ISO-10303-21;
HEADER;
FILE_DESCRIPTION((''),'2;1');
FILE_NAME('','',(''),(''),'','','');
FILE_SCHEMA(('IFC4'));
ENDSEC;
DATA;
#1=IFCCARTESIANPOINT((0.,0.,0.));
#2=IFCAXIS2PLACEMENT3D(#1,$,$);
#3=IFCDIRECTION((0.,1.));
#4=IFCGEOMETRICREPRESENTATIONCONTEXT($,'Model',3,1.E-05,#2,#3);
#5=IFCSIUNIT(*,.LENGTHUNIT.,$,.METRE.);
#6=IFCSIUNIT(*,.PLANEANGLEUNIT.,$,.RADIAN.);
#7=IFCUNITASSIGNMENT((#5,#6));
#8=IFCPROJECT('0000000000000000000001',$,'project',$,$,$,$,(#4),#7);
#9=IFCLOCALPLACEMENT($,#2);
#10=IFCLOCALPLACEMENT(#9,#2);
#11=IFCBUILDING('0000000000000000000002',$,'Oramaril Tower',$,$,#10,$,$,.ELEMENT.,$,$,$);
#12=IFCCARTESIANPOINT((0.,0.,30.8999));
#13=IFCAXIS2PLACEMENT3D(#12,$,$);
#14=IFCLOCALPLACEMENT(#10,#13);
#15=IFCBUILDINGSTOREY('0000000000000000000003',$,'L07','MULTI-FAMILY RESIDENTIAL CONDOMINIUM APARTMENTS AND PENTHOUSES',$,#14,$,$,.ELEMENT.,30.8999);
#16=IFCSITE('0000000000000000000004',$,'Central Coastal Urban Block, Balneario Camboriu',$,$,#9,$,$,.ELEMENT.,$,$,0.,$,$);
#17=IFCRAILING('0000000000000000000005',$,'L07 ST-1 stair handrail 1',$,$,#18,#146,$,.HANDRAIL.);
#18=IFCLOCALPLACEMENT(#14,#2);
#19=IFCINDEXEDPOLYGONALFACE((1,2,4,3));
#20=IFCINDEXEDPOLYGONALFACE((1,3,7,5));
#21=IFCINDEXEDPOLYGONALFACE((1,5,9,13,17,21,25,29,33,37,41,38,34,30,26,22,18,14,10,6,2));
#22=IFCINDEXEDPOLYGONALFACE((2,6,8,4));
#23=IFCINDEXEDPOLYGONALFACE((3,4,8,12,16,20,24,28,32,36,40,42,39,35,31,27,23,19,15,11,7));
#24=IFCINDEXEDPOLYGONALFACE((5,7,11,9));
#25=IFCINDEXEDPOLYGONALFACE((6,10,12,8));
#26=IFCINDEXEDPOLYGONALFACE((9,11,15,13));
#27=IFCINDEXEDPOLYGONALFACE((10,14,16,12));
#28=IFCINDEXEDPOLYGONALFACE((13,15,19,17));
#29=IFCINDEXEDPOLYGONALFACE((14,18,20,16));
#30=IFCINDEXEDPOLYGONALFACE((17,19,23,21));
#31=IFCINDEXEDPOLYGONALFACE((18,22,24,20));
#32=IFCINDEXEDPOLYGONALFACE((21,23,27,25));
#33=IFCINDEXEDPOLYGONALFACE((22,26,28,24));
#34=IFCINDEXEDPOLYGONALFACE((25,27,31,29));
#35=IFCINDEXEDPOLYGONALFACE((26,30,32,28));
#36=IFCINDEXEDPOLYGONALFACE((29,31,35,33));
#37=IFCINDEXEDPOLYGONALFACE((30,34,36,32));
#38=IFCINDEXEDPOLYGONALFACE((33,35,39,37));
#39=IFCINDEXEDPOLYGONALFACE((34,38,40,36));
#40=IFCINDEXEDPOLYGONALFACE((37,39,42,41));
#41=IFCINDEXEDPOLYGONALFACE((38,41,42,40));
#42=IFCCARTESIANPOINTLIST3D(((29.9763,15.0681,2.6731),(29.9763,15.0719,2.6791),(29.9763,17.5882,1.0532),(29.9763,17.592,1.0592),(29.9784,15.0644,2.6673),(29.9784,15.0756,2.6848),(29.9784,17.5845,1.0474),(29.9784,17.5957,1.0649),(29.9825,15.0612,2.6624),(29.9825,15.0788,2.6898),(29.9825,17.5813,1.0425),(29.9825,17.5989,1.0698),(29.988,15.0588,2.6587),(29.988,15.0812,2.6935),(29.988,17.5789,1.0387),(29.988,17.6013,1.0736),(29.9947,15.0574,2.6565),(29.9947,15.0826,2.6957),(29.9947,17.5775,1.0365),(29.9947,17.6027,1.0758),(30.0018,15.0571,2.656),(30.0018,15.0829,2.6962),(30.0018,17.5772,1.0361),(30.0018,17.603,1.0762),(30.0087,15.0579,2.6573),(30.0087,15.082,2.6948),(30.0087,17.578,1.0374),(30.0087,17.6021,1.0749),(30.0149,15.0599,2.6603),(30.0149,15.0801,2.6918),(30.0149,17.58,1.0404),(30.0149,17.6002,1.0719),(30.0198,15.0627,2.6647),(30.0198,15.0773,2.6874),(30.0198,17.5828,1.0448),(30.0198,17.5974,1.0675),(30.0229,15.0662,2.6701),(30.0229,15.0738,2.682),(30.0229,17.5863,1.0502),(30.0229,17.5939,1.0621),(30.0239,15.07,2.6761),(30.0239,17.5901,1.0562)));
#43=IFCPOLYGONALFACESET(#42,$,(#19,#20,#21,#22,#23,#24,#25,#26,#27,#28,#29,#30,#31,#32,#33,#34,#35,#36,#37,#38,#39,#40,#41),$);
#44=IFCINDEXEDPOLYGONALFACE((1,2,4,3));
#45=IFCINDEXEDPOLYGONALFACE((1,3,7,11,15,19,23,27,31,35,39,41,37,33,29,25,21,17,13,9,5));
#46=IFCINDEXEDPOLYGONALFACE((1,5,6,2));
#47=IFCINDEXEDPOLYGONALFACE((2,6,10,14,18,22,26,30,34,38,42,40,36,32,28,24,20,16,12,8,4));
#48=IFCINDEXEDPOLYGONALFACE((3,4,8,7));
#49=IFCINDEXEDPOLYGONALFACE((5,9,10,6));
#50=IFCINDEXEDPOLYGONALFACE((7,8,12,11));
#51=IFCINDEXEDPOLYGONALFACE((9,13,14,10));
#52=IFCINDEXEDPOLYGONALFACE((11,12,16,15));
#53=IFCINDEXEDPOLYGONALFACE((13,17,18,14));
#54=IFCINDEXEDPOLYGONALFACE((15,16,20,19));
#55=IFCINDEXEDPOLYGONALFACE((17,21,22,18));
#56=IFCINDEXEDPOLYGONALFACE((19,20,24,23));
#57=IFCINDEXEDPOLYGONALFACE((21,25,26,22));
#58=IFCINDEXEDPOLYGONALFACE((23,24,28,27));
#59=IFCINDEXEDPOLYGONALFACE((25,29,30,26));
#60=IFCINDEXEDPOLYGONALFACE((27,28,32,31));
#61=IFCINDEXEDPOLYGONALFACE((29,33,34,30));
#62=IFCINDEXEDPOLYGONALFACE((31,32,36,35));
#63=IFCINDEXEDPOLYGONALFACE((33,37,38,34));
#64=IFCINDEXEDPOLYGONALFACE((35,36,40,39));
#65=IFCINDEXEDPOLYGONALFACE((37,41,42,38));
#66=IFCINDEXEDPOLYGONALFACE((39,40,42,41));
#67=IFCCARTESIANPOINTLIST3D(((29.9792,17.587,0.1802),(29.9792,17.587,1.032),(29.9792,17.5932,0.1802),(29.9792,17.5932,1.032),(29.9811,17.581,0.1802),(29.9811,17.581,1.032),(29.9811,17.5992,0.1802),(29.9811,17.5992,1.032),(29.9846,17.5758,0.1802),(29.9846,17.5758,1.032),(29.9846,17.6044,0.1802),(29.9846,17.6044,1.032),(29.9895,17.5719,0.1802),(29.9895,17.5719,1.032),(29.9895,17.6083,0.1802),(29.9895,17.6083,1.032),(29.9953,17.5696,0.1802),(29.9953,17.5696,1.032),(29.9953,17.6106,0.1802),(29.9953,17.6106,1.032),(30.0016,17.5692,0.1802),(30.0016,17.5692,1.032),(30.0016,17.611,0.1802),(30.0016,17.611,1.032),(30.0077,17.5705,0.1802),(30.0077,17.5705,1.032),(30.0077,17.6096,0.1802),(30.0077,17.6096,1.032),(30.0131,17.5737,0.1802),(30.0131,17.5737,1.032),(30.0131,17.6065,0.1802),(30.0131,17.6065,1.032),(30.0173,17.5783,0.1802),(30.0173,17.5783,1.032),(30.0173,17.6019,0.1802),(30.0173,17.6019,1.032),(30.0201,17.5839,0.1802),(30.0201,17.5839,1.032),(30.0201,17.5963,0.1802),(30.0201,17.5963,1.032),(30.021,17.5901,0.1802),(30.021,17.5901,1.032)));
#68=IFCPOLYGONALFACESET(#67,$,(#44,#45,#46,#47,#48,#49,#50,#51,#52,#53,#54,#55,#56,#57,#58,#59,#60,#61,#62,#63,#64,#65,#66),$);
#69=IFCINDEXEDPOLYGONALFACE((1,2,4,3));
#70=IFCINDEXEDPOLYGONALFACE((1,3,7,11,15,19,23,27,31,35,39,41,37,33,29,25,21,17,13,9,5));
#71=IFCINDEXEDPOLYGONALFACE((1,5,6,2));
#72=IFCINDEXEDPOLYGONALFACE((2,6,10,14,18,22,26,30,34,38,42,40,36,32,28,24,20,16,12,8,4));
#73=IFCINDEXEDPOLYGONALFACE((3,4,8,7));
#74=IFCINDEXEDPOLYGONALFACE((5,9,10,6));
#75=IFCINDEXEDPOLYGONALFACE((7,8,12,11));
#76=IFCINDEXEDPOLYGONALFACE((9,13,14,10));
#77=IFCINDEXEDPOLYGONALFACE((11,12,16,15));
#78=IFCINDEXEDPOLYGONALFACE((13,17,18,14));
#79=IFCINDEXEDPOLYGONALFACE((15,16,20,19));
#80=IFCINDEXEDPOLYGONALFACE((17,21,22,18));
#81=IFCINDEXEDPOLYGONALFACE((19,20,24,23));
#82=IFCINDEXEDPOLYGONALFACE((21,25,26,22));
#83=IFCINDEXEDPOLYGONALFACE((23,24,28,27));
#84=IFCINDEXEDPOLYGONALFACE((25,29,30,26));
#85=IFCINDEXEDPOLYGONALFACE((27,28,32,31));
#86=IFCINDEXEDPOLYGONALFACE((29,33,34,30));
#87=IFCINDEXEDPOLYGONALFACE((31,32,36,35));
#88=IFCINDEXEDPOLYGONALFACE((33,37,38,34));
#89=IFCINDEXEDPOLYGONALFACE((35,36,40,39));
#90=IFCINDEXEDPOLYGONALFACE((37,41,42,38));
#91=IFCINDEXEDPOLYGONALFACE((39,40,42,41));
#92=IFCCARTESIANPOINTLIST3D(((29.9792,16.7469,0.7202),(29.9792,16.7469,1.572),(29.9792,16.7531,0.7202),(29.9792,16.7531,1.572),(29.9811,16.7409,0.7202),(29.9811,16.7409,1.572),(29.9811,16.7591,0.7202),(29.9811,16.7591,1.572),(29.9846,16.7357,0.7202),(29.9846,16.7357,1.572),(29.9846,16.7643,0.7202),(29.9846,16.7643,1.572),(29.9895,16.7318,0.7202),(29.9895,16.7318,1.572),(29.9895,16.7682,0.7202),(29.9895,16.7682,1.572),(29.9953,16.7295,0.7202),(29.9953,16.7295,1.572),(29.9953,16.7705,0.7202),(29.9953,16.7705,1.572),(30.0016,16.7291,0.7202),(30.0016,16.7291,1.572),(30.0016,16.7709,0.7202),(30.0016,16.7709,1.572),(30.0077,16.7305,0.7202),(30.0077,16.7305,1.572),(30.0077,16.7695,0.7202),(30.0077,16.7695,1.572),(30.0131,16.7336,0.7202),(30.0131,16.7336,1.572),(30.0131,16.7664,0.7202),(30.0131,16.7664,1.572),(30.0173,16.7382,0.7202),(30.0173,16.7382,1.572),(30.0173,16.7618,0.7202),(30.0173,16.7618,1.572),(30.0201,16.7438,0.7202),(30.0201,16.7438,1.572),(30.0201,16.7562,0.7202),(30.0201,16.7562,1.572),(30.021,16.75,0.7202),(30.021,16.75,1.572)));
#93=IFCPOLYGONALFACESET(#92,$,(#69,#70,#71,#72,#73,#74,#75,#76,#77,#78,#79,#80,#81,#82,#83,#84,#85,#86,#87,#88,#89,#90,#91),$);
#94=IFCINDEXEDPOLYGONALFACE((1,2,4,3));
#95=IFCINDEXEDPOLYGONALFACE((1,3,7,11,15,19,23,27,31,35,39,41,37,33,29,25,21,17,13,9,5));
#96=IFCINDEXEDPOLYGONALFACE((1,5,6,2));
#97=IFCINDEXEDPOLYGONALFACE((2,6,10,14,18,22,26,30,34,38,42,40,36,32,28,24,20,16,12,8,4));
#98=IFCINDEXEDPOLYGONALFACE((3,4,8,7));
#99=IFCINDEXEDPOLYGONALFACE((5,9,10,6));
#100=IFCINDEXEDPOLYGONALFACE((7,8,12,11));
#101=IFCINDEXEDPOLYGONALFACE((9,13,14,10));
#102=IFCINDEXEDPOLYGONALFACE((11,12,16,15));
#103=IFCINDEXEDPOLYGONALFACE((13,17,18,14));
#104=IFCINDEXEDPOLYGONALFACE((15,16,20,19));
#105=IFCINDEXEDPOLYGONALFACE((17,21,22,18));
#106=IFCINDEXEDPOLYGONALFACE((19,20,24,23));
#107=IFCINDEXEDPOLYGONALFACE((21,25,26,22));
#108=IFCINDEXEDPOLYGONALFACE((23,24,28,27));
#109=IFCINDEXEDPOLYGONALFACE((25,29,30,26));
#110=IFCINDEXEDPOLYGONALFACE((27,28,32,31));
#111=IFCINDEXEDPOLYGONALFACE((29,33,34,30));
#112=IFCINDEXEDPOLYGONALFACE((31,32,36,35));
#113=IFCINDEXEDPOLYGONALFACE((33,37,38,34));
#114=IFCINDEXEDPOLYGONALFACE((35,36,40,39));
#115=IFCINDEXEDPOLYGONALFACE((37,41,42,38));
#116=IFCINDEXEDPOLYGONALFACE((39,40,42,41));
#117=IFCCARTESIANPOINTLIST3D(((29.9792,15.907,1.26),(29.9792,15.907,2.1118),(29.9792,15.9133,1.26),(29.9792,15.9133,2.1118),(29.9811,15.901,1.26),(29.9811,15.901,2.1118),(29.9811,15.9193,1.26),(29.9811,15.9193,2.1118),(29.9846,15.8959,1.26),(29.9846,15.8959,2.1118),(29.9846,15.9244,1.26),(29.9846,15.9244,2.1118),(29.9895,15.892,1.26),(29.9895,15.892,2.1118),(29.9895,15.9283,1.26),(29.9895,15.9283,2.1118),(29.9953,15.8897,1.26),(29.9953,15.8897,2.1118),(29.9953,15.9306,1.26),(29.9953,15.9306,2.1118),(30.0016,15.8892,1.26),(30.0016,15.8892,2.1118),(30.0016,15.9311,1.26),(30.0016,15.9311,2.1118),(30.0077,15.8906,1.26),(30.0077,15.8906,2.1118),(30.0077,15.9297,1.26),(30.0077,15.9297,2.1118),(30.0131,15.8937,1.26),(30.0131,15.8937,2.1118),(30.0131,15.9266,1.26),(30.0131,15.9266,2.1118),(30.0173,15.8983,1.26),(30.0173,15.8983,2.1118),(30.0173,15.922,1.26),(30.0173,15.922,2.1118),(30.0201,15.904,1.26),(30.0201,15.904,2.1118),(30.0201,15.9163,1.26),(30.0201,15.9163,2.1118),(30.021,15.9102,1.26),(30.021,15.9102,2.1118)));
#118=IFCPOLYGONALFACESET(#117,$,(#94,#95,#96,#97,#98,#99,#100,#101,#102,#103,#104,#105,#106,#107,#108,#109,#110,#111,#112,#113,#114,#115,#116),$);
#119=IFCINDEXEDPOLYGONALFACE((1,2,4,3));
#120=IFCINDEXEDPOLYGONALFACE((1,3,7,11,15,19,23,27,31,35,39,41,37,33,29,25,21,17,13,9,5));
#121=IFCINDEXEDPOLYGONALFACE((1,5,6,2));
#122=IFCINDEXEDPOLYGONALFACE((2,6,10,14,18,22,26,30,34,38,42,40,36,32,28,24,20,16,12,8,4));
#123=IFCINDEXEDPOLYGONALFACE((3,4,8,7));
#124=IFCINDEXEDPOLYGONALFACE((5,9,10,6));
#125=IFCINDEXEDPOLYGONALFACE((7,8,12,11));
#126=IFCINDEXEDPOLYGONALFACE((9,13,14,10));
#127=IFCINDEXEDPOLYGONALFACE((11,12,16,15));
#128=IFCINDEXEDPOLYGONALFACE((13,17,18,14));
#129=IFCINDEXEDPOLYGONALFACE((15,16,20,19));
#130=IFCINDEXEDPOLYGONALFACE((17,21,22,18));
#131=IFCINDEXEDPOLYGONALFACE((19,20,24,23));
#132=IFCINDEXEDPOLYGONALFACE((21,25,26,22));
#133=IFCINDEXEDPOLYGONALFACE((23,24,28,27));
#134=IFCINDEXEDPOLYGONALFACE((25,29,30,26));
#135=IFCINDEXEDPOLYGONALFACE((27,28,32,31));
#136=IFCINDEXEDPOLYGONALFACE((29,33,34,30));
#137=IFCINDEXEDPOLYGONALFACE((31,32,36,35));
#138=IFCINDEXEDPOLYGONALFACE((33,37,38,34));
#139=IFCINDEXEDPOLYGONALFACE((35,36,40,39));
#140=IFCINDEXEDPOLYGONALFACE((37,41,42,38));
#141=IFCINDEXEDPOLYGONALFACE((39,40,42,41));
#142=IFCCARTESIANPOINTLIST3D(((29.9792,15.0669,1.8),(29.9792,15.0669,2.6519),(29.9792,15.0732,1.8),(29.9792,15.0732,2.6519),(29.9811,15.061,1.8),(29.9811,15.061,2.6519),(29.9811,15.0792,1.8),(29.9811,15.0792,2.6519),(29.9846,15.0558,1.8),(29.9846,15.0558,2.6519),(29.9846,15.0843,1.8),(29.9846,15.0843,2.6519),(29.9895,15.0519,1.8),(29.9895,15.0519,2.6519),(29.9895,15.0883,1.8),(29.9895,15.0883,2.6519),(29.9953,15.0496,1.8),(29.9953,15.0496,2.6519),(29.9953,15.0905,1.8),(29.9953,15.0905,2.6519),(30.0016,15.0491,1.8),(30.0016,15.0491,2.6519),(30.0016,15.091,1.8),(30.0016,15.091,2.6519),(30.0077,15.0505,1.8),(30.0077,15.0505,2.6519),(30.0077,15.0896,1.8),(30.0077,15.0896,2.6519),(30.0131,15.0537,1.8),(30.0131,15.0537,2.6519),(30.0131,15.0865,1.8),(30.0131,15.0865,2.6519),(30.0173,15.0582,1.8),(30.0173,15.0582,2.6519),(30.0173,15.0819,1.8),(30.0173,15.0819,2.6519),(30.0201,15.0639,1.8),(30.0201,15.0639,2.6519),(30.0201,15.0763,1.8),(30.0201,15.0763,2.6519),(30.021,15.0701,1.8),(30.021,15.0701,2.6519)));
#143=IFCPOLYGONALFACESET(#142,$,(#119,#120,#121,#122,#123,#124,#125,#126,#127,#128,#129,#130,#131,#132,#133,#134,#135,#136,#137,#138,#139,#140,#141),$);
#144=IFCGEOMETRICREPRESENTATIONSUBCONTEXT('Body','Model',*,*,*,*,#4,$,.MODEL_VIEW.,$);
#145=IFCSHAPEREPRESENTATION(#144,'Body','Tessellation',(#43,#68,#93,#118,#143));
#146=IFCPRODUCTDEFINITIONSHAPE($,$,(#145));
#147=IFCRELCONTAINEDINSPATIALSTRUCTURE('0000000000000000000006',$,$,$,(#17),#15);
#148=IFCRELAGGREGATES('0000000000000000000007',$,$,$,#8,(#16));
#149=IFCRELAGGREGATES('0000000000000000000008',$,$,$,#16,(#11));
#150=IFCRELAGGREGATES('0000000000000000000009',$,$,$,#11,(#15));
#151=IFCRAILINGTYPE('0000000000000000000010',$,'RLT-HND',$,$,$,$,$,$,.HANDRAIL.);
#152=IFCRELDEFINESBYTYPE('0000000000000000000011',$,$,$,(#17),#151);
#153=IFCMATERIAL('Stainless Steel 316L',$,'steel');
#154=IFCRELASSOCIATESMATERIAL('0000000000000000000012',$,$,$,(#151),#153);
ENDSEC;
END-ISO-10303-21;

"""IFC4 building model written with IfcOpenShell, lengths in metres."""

from ifc_helpers import new_model, si_unit, direction, frame, origin, origin_2d, place, context, subcontext, project, spatial, circle, extrude, material, type_object, element, save


model = new_model("IFC4")

# Units and contexts
model_context = context("Model", 3, precision=1e-05, world=origin(), true_north=direction((0.0, 1.0)))
body_context = subcontext(model_context, "Body", "Model", "MODEL_VIEW")
ifc_project = project(units=[si_unit("LENGTHUNIT", "METRE"), si_unit("PLANEANGLEUNIT", "RADIAN")], contexts=[model_context])

# Site, building, storey
site_placement = place(None, origin())
site = spatial("IfcSite", under=ifc_project, at=site_placement, Name="Central Coastal Urban Block, Balneario Camboriu", CompositionType="ELEMENT", RefElevation=0.0)
building_placement = place(site_placement, origin())
building = spatial("IfcBuilding", under=site, at=building_placement, Name="Oramaril Tower", CompositionType="ELEMENT")
storey_placement = place(building_placement, frame((0.0, 0.0, 30.8999)))
storey = spatial("IfcBuildingStorey", under=building, at=storey_placement, Name="L07", Description="MULTI-FAMILY RESIDENTIAL CONDOMINIUM APARTMENTS AND PENTHOUSES", CompositionType="ELEMENT", Elevation=30.8999)

# Railing
ifc_material_1 = material(Name="Stainless Steel 316L", Category="steel")
railing_type_1 = type_object("IfcRailingType", Name="RLT-HND", PredefinedType="HANDRAIL", material=ifc_material_1)
railing_1_placement = place(storey_placement, frame((30.0, 17.5901, 0.1802)))
element("IfcRailing", 1, at=railing_1_placement, inside=storey, type_object=railing_type_1, Name="L07 ST-1 stair handrail 1", PredefinedType="HANDRAIL", context=body_context, shape_type="SweptSolid", body=[
    extrude(circle(Radius=0.0239, at=origin_2d()), frame((0.0, 0.0, 0.876), z_axis=(0.0, -0.8412, 0.540725), x_axis=(1.0, 0.0, 0.0)), (0.0, 0.0, 1.0), 2.9958),
    extrude(circle(Radius=0.021, at=origin_2d()), origin(), (0.0, 0.0, 1.0), 0.8518),
    extrude(circle(Radius=0.021, at=origin_2d()), frame((0.0, -0.8401, 0.54)), (0.0, 0.0, 1.0), 0.8518),
    extrude(circle(Radius=0.021, at=origin_2d()), frame((0.0, -1.6799, 1.0798)), (0.0, 0.0, 1.0), 0.8518),
    extrude(circle(Radius=0.021, at=origin_2d()), frame((0.0, -2.52, 1.6199)), (0.0, 0.0, 1.0), 0.8518),
])

save(model, "model.ifc")
